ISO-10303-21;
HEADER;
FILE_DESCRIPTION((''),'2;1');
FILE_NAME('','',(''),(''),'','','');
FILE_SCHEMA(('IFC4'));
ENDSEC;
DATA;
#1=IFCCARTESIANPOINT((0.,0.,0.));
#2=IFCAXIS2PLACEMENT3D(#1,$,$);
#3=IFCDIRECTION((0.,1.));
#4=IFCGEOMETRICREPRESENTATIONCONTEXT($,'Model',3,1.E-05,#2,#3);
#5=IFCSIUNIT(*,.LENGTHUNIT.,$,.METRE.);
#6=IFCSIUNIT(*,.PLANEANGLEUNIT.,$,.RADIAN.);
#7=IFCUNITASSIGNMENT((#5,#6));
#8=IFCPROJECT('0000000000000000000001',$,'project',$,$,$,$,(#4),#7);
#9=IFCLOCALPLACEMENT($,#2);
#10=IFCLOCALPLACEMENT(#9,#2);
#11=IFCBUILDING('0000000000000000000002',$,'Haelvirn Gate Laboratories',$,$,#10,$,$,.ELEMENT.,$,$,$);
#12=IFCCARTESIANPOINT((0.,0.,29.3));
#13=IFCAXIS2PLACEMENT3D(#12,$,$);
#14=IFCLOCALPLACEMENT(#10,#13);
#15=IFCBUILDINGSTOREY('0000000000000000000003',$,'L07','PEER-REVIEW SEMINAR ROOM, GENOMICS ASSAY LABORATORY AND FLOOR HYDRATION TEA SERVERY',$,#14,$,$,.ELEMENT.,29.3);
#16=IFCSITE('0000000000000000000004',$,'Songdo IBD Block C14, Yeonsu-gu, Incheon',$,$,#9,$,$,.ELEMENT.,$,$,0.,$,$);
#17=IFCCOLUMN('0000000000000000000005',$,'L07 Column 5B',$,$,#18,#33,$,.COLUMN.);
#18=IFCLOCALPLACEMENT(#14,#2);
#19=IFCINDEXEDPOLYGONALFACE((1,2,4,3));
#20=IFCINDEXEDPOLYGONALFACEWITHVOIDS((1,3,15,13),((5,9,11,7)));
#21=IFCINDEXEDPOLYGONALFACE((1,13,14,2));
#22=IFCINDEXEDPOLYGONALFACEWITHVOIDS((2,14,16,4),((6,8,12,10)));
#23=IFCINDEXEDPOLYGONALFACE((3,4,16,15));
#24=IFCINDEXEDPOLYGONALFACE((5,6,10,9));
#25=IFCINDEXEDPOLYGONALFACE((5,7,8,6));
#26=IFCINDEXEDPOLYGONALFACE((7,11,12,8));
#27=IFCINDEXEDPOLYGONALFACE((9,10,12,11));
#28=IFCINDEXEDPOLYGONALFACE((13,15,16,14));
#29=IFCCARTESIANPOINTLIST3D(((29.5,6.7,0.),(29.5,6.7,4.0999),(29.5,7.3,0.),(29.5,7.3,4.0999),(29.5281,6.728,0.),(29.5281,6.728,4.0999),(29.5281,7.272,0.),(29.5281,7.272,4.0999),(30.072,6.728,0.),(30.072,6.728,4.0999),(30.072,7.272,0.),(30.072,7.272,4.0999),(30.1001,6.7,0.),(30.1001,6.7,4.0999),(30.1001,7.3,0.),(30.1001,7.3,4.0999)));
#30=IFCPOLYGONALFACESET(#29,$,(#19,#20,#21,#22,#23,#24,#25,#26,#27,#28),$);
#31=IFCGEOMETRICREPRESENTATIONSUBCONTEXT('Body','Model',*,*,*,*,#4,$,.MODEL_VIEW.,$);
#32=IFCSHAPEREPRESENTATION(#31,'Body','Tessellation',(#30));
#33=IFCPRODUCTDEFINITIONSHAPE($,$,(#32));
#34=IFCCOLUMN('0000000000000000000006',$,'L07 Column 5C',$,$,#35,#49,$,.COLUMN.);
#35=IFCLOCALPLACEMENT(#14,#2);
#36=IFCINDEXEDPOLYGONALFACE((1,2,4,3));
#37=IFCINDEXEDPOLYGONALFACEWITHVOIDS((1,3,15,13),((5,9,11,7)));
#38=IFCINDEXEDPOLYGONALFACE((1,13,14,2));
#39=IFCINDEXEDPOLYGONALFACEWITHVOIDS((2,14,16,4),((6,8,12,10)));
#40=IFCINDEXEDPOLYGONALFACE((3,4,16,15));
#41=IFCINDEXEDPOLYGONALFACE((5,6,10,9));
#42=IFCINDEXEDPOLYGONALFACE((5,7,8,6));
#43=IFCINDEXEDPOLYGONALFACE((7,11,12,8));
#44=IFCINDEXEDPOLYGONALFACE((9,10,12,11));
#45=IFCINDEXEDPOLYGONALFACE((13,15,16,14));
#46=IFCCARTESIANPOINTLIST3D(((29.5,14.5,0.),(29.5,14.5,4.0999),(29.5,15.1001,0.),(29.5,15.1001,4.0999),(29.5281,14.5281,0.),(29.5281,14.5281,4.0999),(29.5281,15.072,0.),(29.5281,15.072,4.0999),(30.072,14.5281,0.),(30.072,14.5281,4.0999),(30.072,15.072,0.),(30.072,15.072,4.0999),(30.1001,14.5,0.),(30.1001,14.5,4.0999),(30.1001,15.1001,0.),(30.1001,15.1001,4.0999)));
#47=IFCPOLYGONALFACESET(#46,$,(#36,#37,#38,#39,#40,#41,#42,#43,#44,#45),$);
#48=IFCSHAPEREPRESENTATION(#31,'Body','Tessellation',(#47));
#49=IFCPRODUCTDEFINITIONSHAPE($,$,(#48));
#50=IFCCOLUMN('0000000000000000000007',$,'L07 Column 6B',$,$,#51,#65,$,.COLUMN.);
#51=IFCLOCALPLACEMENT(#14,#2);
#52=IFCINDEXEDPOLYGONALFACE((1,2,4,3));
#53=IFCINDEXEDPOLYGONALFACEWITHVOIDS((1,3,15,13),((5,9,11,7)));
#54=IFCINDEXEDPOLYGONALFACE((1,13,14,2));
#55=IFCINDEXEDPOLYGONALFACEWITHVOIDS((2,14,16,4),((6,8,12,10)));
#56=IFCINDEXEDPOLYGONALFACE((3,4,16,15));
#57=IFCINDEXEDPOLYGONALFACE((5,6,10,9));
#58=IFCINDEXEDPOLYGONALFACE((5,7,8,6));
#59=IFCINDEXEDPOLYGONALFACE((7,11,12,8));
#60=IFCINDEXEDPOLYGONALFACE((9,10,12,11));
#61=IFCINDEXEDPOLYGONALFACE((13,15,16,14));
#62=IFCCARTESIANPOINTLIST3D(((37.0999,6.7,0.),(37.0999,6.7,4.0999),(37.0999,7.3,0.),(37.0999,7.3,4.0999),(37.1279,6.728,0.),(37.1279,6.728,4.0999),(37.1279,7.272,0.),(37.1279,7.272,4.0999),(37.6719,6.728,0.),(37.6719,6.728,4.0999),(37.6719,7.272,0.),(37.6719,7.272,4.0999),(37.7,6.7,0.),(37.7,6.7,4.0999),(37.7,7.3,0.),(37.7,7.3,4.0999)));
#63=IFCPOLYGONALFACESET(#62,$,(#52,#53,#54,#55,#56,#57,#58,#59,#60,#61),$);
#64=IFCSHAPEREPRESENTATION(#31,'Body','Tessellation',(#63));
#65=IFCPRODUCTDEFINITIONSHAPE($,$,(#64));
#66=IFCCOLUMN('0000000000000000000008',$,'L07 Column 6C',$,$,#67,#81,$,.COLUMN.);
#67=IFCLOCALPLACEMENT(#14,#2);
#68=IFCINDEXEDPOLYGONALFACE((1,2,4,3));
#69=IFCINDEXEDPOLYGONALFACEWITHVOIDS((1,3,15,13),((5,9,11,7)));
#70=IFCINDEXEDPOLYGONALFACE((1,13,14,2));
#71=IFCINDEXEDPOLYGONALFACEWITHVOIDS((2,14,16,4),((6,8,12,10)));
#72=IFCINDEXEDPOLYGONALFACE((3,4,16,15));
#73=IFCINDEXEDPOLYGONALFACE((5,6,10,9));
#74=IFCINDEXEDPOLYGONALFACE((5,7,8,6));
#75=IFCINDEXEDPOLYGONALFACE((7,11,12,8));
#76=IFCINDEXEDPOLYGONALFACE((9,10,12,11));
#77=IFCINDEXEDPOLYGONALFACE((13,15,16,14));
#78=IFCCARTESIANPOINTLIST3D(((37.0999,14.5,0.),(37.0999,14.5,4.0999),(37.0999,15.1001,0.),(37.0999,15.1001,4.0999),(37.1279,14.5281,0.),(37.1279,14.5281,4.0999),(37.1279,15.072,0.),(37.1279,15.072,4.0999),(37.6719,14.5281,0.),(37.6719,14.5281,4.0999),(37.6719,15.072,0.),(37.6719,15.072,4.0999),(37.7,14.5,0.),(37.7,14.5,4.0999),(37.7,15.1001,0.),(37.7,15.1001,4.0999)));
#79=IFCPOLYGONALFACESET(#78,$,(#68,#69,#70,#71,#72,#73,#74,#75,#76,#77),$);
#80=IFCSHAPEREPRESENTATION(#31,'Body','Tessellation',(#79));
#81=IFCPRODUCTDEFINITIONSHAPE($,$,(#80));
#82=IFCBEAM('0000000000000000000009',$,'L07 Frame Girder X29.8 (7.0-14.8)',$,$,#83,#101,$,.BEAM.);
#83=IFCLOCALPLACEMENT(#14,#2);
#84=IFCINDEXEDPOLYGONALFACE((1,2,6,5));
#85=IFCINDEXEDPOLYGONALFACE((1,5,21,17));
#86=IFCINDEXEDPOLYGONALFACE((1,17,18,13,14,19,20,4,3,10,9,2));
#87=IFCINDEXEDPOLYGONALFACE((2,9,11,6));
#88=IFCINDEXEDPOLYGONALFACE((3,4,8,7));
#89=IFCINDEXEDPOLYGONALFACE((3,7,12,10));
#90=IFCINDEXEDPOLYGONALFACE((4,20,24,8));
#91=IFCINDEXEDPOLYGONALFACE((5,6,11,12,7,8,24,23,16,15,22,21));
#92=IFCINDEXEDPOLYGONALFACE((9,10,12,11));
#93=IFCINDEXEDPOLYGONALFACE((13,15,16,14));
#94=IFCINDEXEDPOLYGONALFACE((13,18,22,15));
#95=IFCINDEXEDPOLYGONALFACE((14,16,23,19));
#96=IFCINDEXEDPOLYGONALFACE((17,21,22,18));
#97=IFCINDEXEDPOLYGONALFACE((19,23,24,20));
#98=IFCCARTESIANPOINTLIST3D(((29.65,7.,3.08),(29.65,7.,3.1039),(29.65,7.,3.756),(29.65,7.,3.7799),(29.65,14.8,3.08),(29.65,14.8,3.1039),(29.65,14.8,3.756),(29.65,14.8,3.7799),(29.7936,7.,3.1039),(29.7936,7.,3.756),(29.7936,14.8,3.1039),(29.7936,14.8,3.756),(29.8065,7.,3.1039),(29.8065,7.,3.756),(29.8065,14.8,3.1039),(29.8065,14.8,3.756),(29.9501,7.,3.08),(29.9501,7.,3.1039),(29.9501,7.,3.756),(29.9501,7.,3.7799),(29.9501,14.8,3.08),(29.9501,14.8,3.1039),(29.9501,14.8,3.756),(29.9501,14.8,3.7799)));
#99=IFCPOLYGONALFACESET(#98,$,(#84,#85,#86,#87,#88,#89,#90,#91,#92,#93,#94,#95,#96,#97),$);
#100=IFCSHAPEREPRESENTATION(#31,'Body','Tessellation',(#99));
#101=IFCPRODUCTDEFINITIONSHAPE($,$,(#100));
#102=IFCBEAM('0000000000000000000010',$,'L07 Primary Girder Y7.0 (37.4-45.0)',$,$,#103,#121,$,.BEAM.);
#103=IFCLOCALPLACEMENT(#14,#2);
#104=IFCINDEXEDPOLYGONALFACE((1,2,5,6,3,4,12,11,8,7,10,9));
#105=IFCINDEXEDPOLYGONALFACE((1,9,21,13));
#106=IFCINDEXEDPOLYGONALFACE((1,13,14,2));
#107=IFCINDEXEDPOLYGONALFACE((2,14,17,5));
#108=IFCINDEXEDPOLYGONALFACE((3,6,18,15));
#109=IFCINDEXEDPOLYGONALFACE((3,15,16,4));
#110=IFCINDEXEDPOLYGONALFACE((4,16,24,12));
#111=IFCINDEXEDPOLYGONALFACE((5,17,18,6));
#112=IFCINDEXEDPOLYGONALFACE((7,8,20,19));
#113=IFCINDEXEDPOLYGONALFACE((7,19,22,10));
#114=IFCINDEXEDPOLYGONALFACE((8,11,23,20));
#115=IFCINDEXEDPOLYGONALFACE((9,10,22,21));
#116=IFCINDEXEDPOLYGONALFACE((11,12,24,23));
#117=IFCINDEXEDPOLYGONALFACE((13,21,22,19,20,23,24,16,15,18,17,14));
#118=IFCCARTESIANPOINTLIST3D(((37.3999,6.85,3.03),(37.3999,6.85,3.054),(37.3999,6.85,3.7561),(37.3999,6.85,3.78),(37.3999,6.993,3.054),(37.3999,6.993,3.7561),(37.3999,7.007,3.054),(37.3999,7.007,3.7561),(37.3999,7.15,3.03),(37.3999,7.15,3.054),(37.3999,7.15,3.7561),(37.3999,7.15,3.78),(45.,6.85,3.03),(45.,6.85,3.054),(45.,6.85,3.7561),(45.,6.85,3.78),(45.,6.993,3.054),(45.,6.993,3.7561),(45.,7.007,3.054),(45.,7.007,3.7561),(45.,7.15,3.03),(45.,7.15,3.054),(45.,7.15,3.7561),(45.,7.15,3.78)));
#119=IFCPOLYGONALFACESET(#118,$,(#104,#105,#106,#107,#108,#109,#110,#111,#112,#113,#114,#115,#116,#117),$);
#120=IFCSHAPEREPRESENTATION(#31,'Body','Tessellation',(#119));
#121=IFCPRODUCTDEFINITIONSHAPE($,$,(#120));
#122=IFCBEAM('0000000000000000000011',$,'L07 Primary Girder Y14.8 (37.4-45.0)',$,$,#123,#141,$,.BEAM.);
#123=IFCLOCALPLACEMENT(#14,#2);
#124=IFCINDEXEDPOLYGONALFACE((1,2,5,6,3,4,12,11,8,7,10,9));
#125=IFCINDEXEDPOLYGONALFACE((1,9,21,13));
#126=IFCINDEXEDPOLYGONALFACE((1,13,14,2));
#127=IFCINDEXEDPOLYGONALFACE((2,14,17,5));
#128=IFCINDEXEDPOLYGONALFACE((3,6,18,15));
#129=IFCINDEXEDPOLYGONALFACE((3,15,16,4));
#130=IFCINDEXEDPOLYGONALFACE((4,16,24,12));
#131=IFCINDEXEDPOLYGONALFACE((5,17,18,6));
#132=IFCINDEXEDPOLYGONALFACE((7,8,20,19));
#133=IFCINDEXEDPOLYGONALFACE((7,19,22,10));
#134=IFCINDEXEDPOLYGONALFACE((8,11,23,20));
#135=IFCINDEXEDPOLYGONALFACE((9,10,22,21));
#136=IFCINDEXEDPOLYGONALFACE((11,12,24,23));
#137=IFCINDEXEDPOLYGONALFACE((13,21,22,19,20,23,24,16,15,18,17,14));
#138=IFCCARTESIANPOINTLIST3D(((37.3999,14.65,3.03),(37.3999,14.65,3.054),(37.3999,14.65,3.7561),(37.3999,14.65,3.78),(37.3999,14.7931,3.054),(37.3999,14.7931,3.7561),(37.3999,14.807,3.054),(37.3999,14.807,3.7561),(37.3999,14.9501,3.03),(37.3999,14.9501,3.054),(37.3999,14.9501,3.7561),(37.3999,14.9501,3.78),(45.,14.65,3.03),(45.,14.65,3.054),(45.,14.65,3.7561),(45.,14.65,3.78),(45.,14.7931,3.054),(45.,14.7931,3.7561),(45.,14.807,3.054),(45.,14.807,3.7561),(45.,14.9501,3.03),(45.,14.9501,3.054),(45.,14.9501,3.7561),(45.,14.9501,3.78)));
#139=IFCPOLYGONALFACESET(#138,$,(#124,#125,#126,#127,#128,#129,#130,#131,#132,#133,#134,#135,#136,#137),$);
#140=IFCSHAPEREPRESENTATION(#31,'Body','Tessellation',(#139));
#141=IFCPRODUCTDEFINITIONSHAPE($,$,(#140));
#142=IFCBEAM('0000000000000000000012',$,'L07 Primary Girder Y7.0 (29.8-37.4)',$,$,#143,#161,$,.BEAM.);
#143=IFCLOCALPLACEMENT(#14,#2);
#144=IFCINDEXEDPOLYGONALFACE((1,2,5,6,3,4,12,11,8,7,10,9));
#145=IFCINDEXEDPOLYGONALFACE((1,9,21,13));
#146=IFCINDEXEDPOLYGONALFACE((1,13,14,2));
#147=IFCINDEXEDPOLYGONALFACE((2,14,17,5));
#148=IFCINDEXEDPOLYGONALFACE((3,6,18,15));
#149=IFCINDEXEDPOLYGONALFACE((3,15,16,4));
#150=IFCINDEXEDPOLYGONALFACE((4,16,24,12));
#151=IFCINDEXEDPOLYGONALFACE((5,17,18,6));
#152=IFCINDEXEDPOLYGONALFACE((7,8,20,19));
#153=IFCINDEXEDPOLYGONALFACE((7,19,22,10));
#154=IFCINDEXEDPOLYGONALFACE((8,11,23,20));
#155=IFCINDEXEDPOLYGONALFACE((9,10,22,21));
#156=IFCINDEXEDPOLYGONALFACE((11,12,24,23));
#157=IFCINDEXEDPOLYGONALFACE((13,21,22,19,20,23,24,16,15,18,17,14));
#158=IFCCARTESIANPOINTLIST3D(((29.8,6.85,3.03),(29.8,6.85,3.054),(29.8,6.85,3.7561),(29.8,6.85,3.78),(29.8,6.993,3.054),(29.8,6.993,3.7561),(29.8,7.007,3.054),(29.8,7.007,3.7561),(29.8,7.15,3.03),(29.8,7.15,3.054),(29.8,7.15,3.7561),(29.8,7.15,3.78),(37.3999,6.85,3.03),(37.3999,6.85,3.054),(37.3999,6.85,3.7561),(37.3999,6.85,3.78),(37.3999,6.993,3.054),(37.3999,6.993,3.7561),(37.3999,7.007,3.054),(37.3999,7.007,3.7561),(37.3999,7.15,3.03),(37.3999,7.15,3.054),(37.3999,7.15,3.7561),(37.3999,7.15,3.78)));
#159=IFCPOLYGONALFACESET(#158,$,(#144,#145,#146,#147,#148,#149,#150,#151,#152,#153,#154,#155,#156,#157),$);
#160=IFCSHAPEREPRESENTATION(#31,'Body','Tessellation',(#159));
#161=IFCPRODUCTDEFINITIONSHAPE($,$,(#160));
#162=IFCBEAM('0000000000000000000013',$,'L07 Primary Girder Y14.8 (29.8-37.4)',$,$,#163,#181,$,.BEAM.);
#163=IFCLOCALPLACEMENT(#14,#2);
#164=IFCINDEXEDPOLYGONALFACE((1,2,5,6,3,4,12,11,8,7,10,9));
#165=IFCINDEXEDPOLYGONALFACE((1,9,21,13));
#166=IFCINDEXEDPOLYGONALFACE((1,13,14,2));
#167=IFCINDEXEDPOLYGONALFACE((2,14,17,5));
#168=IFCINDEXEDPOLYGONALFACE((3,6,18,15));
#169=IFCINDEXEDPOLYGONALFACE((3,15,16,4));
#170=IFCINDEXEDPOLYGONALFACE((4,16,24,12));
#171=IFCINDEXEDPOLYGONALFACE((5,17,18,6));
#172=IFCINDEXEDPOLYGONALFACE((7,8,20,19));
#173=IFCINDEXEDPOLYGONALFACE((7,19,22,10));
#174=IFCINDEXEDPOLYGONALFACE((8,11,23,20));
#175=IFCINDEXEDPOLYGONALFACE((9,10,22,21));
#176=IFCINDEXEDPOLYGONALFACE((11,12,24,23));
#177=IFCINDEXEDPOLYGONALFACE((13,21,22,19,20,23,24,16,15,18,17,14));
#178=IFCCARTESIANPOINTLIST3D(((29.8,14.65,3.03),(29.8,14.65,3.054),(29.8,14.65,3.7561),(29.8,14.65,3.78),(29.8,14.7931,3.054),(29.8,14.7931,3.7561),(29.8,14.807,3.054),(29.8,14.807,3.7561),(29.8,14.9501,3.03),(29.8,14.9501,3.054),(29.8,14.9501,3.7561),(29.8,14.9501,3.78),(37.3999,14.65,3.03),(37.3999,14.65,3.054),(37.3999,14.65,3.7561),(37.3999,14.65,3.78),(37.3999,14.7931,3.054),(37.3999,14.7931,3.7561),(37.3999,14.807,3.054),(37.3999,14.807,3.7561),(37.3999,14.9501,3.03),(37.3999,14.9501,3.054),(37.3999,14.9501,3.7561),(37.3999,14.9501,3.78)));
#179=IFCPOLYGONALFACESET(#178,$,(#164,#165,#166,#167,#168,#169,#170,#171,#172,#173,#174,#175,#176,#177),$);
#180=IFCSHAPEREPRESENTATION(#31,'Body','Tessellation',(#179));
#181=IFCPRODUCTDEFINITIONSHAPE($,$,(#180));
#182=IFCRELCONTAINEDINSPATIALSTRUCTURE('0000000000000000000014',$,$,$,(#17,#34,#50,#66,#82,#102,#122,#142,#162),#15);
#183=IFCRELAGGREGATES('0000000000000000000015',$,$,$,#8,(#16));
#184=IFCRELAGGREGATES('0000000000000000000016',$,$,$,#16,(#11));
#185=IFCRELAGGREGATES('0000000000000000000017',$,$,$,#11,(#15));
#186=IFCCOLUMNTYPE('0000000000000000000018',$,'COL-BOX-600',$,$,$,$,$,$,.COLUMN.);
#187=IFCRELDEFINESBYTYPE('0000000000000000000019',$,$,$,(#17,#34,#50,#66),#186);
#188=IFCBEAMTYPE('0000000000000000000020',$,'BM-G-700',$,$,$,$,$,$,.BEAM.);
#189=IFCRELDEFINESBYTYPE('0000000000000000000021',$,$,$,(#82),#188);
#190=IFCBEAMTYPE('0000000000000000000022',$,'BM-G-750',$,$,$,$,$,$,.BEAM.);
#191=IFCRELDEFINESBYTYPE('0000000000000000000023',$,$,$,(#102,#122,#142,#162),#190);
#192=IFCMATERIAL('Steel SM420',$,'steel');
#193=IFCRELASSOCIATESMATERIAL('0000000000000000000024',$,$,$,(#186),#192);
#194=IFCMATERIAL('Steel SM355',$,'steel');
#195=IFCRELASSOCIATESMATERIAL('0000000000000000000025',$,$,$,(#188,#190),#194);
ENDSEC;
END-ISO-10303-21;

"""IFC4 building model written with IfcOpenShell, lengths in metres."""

from ifc_helpers import new_model, si_unit, direction, frame, origin, origin_2d, place, context, subcontext, project, spatial, hollow_rectangle, i_section, extrude, source, transform, mapped, material, material_profile, profile_set, type_object, type_shapes, element, save


model = new_model("IFC4")

# Units and contexts
model_context = context("Model", 3, precision=1e-05, world=origin(), true_north=direction((0.0, 1.0)))
body_context = subcontext(model_context, "Body", "Model", "MODEL_VIEW")
ifc_project = project(units=[si_unit("LENGTHUNIT", "METRE"), si_unit("PLANEANGLEUNIT", "RADIAN")], contexts=[model_context])

# Site, building, storey
site_placement = place(None, origin())
site = spatial("IfcSite", under=ifc_project, at=site_placement, Name="Songdo IBD Block C14, Yeonsu-gu, Incheon", CompositionType="ELEMENT", RefElevation=0.0)
building_placement = place(site_placement, origin())
building = spatial("IfcBuilding", under=site, at=building_placement, Name="Haelvirn Gate Laboratories", CompositionType="ELEMENT")
storey_placement = place(building_placement, frame((0.0, 0.0, 29.3)))
storey = spatial("IfcBuildingStorey", under=building, at=storey_placement, Name="L07", Description="PEER-REVIEW SEMINAR ROOM, GENOMICS ASSAY LABORATORY AND FLOOR HYDRATION TEA SERVERY", CompositionType="ELEMENT", Elevation=29.3)

# Columns
ifc_material_1 = material(Name="Steel SM420", Category="steel")
ifc_material_profile_1 = material_profile(ifc_material_1, hollow_rectangle(XDim=0.6001, YDim=0.6001, WallThickness=0.0281, at=origin_2d()), Name="BOX-600x600x28")
ifc_profile_set_1 = profile_set([ifc_material_profile_1], Name="Steel SM420")
column_type = type_object("IfcColumnType", Name="COL-BOX-600", PredefinedType="COLUMN", material=ifc_profile_set_1)
shared_shape_1 = source(origin(), body_context, "Body", "SweptSolid", [
    extrude(hollow_rectangle(XDim=0.6001, YDim=0.6001, WallThickness=0.0281, at=origin_2d()), origin(), (0.0, 0.0, 1.0), 4.0999),
])
type_shapes(column_type, [shared_shape_1])
for number, where, z_axis, x_axis, name in (
    (1, (29.8, 7.0, 0.0), (0.0, 0.0, 1.0), (1.0, 0.0, 0.0), "L07 Column 5B"),
    (2, (29.8, 14.8, 0.0), (0.0, 0.0, 1.0), (1.0, 0.0, 0.0), "L07 Column 5C"),
    (3, (37.3999, 7.0, 0.0), (0.0, 0.0, 1.0), (1.0, 0.0, 0.0), "L07 Column 6B"),
    (4, (37.3999, 14.8, 0.0), (0.0, 0.0, 1.0), (1.0, 0.0, 0.0), "L07 Column 6C"),
):
    element("IfcColumn", number, at=place(storey_placement, frame(where, z_axis=z_axis, x_axis=x_axis)), inside=storey, type_object=column_type, Name=name, PredefinedType="COLUMN", context=body_context, shape_type="MappedRepresentation", body=[
        mapped(shared_shape_1, transform((0.0, 0.0, 0.0), scale=1.0)),
    ])

# Beams
ifc_material_2 = material(Name="Steel SM355", Category="steel")
ifc_material_profile_2 = material_profile(ifc_material_2, i_section(OverallWidth=0.3, OverallDepth=0.7, WebThickness=0.0129, FlangeThickness=0.0239, at=origin_2d()), Name="H-700x300x13x24")
ifc_profile_set_2 = profile_set([ifc_material_profile_2], Name="Steel SM355")
beam_type_1 = type_object("IfcBeamType", Name="BM-G-700", PredefinedType="BEAM", material=ifc_profile_set_2)
shared_shape_2 = source(origin(), body_context, "Body", "SweptSolid", [
    extrude(i_section(OverallWidth=0.3, OverallDepth=0.7, WebThickness=0.0129, FlangeThickness=0.0239, at=origin_2d()), origin(), (0.0, 0.0, 1.0), 7.8),
])
type_shapes(beam_type_1, [shared_shape_2])
beam_placement = place(storey_placement, frame((29.8, 7.0, 3.4299), z_axis=(0.0, 1.0, 0.0), x_axis=(-1.0, 0.0, 0.0)))
element("IfcBeam", 5, at=beam_placement, inside=storey, type_object=beam_type_1, Name="L07 Frame Girder X29.8 (7.0-14.8)", PredefinedType="BEAM", context=body_context, shape_type="MappedRepresentation", body=[
    mapped(shared_shape_2, transform((0.0, 0.0, 0.0), scale=1.0)),
])
ifc_material_profile_3 = material_profile(ifc_material_2, i_section(OverallWidth=0.3, OverallDepth=0.75, WebThickness=0.0139, FlangeThickness=0.0239, at=origin_2d()), Name="H-750x300x14x24")
ifc_profile_set_3 = profile_set([ifc_material_profile_3], Name="Steel SM355")
beam_type_2 = type_object("IfcBeamType", Name="BM-G-750", PredefinedType="BEAM", material=ifc_profile_set_3)
shared_shape_3 = source(origin(), body_context, "Body", "SweptSolid", [
    extrude(i_section(OverallWidth=0.3, OverallDepth=0.75, WebThickness=0.0139, FlangeThickness=0.0239, at=origin_2d()), origin(), (0.0, 0.0, 1.0), 7.6001),
])
for number, where, z_axis, x_axis, name in (
    (6, (37.3999, 7.0, 3.405), (1.0, 0.0, 0.0), (0.0, 1.0, 0.0), "L07 Primary Girder Y7.0 (37.4-45.0)"),
    (7, (37.3999, 14.8, 3.405), (1.0, 0.0, 0.0), (0.0, 1.0, 0.0), "L07 Primary Girder Y14.8 (37.4-45.0)"),
):
    element("IfcBeam", number, at=place(storey_placement, frame(where, z_axis=z_axis, x_axis=x_axis)), inside=storey, type_object=beam_type_2, Name=name, PredefinedType="BEAM", context=body_context, shape_type="MappedRepresentation", body=[
        mapped(shared_shape_3, transform((0.0, 0.0, 0.0), scale=1.0)),
    ])
shared_shape_4 = source(origin(), body_context, "Body", "SweptSolid", [
    extrude(i_section(OverallWidth=0.3, OverallDepth=0.75, WebThickness=0.0139, FlangeThickness=0.0239, at=origin_2d()), origin(), (0.0, 0.0, 1.0), 7.5999),
])
type_shapes(beam_type_2, [shared_shape_3, shared_shape_4])
for number, where, z_axis, x_axis, name in (
    (8, (29.8, 7.0, 3.405), (1.0, 0.0, 0.0), (0.0, 1.0, 0.0), "L07 Primary Girder Y7.0 (29.8-37.4)"),
    (9, (29.8, 14.8, 3.405), (1.0, 0.0, 0.0), (0.0, 1.0, 0.0), "L07 Primary Girder Y14.8 (29.8-37.4)"),
):
    element("IfcBeam", number, at=place(storey_placement, frame(where, z_axis=z_axis, x_axis=x_axis)), inside=storey, type_object=beam_type_2, Name=name, PredefinedType="BEAM", context=body_context, shape_type="MappedRepresentation", body=[
        mapped(shared_shape_4, transform((0.0, 0.0, 0.0), scale=1.0)),
    ])

save(model, "model.ifc")
